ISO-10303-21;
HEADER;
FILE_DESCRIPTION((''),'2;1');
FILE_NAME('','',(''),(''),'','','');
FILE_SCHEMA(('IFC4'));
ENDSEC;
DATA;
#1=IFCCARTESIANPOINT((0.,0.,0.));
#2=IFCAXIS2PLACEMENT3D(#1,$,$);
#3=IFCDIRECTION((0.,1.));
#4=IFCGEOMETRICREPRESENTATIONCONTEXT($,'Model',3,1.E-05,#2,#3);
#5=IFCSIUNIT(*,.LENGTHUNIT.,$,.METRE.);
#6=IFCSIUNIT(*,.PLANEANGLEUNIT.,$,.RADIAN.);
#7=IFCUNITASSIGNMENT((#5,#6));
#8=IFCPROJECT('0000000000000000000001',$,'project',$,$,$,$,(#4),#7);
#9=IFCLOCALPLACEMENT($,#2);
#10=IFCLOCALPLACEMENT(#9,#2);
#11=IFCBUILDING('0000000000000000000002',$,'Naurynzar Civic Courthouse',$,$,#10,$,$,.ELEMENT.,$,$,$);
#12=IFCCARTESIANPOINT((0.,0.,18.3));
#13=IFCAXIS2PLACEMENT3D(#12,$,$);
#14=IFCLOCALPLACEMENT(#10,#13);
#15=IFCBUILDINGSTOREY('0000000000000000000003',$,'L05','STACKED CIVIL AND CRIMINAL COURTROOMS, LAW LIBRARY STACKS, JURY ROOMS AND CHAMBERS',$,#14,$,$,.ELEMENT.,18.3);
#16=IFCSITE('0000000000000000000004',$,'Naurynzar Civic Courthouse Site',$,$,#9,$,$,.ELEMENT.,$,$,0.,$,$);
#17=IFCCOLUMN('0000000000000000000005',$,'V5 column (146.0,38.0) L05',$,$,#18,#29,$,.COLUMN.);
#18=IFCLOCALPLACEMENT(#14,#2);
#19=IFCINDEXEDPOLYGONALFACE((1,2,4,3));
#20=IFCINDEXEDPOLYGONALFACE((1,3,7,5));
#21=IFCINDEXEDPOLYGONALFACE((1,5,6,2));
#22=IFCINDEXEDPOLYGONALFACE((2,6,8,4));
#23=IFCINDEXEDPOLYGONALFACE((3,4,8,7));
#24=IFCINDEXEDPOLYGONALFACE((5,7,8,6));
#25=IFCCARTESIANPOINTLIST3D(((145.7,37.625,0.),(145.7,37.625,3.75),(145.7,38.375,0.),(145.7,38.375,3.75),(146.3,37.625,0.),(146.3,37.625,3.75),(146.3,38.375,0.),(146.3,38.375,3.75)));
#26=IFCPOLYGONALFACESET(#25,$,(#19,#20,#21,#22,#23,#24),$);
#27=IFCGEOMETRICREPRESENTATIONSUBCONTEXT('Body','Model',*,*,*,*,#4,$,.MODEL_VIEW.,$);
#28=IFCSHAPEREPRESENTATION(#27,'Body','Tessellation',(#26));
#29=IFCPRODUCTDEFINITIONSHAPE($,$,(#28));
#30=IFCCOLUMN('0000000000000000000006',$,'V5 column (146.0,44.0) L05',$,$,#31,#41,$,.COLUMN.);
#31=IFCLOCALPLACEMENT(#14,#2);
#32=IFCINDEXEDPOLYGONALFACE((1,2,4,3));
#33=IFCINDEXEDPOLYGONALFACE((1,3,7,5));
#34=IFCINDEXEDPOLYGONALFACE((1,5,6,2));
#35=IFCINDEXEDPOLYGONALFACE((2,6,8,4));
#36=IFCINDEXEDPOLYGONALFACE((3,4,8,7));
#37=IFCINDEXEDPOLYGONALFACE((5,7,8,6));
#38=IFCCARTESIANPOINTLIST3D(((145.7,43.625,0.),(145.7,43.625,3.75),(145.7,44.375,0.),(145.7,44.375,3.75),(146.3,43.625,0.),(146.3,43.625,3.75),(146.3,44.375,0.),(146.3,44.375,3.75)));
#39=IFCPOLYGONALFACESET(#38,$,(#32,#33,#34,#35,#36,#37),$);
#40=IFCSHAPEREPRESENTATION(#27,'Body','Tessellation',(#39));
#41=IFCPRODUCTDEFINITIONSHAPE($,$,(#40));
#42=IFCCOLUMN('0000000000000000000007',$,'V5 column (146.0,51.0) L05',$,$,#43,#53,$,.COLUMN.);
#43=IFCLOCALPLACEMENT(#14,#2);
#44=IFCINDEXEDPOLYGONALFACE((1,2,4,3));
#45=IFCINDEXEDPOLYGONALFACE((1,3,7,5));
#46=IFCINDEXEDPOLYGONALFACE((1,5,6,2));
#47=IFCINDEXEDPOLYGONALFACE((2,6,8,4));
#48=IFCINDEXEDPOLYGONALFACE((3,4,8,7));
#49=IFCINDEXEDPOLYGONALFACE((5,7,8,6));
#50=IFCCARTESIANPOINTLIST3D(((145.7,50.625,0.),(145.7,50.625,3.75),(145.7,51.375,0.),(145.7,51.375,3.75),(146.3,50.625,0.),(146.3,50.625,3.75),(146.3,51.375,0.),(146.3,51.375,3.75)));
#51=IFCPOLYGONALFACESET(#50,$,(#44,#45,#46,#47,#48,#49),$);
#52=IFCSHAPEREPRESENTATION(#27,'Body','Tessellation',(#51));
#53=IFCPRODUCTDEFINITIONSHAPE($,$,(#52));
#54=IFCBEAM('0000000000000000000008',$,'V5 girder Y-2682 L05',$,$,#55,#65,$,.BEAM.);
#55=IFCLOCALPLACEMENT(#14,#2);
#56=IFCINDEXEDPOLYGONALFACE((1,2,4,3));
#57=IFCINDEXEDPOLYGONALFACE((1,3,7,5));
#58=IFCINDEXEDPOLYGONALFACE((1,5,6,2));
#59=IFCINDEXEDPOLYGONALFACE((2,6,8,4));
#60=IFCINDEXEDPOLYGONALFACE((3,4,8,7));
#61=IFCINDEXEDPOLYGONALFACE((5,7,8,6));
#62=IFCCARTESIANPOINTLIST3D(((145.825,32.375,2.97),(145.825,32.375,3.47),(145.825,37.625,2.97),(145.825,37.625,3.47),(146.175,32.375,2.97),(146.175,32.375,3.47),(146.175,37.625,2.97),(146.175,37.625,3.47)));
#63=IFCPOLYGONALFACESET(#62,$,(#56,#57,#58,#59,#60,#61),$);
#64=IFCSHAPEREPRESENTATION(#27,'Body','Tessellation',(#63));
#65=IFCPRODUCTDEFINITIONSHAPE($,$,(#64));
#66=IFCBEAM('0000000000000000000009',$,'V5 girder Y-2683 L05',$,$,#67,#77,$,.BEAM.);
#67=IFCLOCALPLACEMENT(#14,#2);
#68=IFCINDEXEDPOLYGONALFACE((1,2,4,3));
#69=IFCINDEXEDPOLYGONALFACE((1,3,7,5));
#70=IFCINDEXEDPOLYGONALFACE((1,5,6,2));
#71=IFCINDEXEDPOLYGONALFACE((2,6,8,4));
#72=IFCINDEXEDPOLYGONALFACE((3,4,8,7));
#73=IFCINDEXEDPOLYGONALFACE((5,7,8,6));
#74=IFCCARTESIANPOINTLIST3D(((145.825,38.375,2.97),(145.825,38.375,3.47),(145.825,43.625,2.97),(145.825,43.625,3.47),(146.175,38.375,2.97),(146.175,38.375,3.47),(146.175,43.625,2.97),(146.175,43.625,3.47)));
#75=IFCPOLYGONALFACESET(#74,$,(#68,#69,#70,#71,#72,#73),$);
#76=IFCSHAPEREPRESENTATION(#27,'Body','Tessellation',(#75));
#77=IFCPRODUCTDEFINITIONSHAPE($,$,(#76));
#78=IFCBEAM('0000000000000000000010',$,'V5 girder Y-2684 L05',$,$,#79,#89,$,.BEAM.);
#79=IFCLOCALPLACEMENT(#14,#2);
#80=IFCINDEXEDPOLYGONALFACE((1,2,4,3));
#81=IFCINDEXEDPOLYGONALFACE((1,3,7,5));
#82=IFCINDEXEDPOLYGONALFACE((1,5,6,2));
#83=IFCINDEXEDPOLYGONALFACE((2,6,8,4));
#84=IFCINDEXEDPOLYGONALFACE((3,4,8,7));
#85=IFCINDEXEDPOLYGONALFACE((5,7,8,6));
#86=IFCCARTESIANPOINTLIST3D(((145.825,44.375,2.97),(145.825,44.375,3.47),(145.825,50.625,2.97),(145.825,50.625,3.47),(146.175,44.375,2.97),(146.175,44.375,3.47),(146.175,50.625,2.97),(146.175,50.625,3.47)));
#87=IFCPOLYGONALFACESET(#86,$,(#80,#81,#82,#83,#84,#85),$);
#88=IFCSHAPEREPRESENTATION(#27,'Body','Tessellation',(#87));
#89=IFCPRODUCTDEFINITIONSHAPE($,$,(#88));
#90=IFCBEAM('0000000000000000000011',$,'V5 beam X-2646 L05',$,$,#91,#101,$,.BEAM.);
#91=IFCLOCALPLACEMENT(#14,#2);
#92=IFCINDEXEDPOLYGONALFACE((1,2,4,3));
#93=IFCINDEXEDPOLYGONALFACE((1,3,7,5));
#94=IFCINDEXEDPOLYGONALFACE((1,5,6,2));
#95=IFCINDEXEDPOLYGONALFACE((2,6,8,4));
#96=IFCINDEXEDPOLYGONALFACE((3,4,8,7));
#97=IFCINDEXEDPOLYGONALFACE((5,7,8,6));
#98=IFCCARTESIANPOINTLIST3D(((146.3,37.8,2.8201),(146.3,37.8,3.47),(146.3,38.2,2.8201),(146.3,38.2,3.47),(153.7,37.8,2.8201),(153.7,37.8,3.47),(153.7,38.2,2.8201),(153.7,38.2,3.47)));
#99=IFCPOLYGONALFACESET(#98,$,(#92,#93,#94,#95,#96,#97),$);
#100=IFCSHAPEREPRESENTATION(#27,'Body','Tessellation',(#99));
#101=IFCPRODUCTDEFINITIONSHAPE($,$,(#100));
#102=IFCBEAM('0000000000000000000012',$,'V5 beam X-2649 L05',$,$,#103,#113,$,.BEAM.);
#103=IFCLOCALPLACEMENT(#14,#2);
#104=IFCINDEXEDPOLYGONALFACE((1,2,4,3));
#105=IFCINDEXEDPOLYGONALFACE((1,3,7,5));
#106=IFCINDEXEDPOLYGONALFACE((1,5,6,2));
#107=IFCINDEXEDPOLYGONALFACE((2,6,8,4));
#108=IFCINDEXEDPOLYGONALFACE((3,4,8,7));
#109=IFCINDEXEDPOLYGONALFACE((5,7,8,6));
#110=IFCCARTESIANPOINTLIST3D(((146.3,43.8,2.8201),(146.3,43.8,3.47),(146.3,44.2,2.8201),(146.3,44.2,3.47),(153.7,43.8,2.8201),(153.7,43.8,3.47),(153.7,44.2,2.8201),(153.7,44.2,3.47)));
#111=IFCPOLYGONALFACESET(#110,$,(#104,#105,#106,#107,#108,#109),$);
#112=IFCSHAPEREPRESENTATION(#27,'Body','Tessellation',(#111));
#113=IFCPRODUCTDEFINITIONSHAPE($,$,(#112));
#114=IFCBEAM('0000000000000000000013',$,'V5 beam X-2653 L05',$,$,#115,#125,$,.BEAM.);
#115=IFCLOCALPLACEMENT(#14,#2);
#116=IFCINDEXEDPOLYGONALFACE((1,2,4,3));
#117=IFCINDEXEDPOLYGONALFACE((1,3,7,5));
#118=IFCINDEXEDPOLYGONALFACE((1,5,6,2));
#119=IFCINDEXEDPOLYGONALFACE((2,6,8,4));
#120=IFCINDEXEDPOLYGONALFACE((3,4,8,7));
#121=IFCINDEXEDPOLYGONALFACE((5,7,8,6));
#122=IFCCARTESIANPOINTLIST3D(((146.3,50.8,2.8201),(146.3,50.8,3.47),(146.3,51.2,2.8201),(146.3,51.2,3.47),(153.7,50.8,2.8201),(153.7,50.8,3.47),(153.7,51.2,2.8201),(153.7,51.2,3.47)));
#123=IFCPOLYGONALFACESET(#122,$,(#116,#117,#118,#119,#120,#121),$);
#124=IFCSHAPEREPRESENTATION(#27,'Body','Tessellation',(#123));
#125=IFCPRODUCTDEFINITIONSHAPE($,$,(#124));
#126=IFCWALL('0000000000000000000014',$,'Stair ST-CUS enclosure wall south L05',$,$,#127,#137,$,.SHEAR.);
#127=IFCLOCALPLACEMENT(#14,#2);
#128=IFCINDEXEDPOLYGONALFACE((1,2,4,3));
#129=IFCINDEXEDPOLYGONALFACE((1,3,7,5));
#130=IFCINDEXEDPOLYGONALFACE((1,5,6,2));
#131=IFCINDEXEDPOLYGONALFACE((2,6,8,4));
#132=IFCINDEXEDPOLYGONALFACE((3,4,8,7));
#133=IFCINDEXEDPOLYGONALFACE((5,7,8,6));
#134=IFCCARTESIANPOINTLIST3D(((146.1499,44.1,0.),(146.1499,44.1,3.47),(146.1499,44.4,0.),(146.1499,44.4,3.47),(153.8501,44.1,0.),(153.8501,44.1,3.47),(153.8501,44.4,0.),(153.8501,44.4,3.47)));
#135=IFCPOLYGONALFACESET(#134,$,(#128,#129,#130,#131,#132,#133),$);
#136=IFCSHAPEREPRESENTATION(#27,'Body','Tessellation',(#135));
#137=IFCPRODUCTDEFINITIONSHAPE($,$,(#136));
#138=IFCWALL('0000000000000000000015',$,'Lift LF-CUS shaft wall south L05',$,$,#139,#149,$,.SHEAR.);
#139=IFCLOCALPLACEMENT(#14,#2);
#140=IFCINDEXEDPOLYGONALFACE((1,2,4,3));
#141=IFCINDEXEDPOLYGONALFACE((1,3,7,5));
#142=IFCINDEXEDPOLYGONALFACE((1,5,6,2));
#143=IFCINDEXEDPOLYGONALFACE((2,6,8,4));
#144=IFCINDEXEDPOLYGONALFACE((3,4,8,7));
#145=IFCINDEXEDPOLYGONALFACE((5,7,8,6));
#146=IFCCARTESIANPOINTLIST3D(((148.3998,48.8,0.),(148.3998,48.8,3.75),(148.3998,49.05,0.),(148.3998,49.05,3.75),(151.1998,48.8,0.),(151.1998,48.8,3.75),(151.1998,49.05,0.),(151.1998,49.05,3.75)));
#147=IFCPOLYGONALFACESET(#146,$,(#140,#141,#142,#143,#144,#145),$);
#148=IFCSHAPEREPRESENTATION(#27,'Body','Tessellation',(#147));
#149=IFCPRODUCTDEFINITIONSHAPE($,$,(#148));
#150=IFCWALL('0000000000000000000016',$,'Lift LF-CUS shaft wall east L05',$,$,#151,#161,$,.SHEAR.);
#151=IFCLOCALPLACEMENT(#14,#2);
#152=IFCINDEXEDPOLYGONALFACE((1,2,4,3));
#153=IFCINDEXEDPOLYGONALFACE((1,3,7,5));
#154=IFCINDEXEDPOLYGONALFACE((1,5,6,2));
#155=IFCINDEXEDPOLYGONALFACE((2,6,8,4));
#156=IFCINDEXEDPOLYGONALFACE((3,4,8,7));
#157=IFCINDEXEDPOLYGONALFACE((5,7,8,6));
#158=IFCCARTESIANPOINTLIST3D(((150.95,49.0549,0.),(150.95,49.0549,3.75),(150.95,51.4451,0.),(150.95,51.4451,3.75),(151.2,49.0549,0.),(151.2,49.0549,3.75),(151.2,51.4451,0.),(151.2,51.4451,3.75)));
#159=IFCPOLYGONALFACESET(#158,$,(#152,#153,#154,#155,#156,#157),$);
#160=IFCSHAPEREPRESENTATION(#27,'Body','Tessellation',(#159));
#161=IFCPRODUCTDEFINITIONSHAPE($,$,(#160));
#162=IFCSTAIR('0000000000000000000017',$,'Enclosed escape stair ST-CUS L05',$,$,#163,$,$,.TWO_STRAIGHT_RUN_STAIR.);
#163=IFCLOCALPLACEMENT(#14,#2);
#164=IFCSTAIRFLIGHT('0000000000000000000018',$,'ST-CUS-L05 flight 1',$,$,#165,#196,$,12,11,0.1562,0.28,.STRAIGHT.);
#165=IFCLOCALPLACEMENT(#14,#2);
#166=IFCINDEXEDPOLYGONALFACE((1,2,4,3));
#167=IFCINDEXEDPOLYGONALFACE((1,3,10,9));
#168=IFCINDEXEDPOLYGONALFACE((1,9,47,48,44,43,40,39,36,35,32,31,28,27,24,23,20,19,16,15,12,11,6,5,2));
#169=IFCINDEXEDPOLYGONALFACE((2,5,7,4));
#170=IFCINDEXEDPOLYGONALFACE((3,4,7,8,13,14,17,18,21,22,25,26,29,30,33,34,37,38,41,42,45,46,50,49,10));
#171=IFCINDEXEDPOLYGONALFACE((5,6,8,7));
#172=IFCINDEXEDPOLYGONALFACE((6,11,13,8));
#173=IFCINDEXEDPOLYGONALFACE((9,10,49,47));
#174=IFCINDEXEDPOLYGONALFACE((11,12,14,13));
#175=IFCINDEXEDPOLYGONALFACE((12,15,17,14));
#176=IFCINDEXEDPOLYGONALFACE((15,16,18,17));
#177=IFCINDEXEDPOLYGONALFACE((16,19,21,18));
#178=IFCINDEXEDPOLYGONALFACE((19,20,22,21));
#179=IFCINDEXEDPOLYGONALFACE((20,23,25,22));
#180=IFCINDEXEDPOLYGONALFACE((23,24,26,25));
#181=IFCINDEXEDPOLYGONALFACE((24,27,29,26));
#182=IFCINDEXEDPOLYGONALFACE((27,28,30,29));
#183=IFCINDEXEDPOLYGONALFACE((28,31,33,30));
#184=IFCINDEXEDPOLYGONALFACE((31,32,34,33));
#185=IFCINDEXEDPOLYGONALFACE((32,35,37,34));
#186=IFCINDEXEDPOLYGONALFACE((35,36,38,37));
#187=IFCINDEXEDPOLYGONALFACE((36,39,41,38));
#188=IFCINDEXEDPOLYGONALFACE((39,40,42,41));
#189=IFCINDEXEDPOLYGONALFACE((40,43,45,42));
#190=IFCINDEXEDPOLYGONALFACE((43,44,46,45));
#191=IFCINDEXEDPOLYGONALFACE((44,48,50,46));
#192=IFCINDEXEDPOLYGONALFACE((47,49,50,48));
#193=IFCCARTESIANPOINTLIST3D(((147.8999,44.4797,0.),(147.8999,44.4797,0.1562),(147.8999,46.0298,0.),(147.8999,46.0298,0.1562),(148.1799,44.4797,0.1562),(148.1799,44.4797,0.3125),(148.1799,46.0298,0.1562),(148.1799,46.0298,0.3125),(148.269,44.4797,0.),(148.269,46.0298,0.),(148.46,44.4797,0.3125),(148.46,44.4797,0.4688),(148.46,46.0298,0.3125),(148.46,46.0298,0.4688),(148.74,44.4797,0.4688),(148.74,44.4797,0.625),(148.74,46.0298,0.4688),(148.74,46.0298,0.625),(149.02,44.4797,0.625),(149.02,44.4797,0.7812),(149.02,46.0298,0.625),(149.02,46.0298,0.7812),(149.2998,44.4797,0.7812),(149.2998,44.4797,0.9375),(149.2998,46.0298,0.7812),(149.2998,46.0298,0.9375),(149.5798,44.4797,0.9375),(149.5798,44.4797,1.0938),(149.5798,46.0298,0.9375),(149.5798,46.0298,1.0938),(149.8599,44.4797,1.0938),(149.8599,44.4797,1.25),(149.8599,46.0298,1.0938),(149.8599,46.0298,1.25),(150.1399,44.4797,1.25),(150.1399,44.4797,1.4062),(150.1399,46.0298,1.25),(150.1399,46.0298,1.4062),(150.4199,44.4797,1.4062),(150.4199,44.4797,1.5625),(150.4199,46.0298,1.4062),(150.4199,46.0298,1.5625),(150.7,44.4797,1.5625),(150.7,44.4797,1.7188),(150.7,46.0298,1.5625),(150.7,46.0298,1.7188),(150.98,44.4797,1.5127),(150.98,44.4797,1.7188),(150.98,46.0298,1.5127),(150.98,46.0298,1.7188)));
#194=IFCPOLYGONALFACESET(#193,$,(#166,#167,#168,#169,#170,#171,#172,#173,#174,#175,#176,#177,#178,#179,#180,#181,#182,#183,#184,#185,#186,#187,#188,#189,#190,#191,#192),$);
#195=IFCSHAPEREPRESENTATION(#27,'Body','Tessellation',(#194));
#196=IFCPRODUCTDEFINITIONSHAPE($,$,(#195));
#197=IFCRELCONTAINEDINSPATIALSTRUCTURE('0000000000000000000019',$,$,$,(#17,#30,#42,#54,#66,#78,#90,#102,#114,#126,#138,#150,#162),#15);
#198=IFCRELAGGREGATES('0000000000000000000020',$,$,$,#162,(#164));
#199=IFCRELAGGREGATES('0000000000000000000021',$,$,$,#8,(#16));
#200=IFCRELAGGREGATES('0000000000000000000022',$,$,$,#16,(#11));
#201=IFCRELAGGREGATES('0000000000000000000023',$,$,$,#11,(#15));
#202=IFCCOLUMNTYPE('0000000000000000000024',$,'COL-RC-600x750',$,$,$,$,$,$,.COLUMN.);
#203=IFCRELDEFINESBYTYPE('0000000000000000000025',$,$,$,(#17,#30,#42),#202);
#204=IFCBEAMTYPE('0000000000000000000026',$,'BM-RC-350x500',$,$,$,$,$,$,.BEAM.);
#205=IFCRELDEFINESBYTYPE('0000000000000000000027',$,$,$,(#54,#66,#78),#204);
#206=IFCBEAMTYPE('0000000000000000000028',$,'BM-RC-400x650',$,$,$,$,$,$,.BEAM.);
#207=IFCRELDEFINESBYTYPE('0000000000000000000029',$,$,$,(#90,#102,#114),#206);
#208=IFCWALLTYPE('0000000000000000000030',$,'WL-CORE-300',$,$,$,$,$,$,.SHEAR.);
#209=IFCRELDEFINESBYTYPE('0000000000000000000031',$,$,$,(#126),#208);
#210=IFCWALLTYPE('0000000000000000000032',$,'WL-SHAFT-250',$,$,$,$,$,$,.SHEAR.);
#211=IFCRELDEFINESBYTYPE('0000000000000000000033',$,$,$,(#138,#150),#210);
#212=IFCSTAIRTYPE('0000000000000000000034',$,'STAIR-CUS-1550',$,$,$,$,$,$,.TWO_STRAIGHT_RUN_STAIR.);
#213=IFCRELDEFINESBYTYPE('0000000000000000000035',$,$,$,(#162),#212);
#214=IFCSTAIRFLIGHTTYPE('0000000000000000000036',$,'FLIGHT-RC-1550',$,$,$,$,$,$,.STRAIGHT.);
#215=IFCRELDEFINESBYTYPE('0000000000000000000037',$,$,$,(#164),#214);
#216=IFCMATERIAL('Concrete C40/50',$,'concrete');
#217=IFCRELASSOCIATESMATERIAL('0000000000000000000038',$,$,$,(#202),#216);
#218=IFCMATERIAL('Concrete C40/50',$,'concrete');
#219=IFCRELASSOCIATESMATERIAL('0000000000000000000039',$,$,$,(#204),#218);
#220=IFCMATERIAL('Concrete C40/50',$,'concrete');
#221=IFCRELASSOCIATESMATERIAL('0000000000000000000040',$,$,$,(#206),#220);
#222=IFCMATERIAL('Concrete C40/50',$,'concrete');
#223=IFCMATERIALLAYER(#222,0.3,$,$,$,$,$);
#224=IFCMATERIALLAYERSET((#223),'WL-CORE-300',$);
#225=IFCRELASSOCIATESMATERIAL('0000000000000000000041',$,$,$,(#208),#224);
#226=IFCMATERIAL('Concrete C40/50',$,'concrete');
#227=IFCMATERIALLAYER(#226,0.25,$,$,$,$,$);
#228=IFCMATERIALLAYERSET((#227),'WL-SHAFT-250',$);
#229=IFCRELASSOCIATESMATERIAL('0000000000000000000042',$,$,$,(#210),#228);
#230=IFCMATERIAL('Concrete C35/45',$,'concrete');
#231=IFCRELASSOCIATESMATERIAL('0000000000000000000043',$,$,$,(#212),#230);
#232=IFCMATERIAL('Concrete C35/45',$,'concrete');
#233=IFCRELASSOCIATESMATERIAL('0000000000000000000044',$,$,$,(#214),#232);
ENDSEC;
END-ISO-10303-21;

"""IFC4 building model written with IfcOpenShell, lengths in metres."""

from ifc_helpers import new_model, si_unit, direction, frame, frame_2d, origin, origin_2d, place, context, subcontext, project, spatial, polyline, rectangle, outline, extrude, material, layer, layer_set, material_profile, profile_set, type_object, element, aggregate, save


model = new_model("IFC4")

# Units and contexts
model_context = context("Model", 3, precision=1e-05, world=origin(), true_north=direction((0.0, 1.0)))
body_context = subcontext(model_context, "Body", "Model", "MODEL_VIEW")
ifc_project = project(units=[si_unit("LENGTHUNIT", "METRE"), si_unit("PLANEANGLEUNIT", "RADIAN")], contexts=[model_context])

# Site, building, storey
site_placement = place(None, origin())
site = spatial("IfcSite", under=ifc_project, at=site_placement, Name="Naurynzar Civic Courthouse Site", CompositionType="ELEMENT", RefElevation=0.0)
building_placement = place(site_placement, origin())
building = spatial("IfcBuilding", under=site, at=building_placement, Name="Naurynzar Civic Courthouse", CompositionType="ELEMENT")
storey_placement = place(building_placement, frame((0.0, 0.0, 18.3)))
storey = spatial("IfcBuildingStorey", under=building, at=storey_placement, Name="L05", Description="STACKED CIVIL AND CRIMINAL COURTROOMS, LAW LIBRARY STACKS, JURY ROOMS AND CHAMBERS", CompositionType="ELEMENT", Elevation=18.3)

# Columns
ifc_material_1 = material(Name="Concrete C40/50", Category="concrete")
ifc_material_profile_1 = material_profile(ifc_material_1, rectangle(XDim=0.6001, YDim=0.75, at=origin_2d()), Name="RC 600x750")
ifc_profile_set_1 = profile_set([ifc_material_profile_1], Name="Concrete C40/50")
column_type = type_object("IfcColumnType", Name="COL-RC-600x750", PredefinedType="COLUMN", material=ifc_profile_set_1)
for number, where, z_axis, x_axis, name in (
    (1, (146.0, 38.0, 0.0), (0.0, 0.0, 1.0), (1.0, 0.0, 0.0), "V5 column (146.0,38.0) L05"),
    (2, (146.0, 44.0, 0.0), (0.0, 0.0, 1.0), (1.0, 0.0, 0.0), "V5 column (146.0,44.0) L05"),
    (3, (146.0, 51.0, 0.0), (0.0, 0.0, 1.0), (1.0, 0.0, 0.0), "V5 column (146.0,51.0) L05"),
):
    element("IfcColumn", number, at=place(storey_placement, frame(where, z_axis=z_axis, x_axis=x_axis)), inside=storey, type_object=column_type, Name=name, PredefinedType="COLUMN", context=body_context, shape_type="SweptSolid", body=[
        extrude(rectangle(XDim=0.6001, YDim=0.75, at=origin_2d()), origin(), (0.0, 0.0, 1.0), 3.75),
    ])

# Beams
ifc_material_2 = material(Name="Concrete C40/50", Category="concrete")
ifc_material_profile_2 = material_profile(ifc_material_2, rectangle(XDim=0.3501, YDim=0.5, at=origin_2d()), Name="RCB 350x500")
ifc_profile_set_2 = profile_set([ifc_material_profile_2], Name="Concrete C40/50")
beam_type_1 = type_object("IfcBeamType", Name="BM-RC-350x500", PredefinedType="BEAM", material=ifc_profile_set_2)
for number, where, z_axis, x_axis, name in (
    (4, (146.0, 32.375, 3.22), (0.0, 1.0, 0.0), (-1.0, 0.0, 0.0), "V5 girder Y-2682 L05"),
    (5, (146.0, 38.375, 3.22), (0.0, 1.0, 0.0), (-1.0, 0.0, 0.0), "V5 girder Y-2683 L05"),
):
    element("IfcBeam", number, at=place(storey_placement, frame(where, z_axis=z_axis, x_axis=x_axis)), inside=storey, type_object=beam_type_1, Name=name, PredefinedType="BEAM", context=body_context, shape_type="SweptSolid", body=[
        extrude(rectangle(XDim=0.3501, YDim=0.5, at=origin_2d()), origin(), (0.0, 0.0, 1.0), 5.25),
    ])
beam_placement = place(storey_placement, frame((146.0, 44.375, 3.22), z_axis=(0.0, 1.0, 0.0), x_axis=(-1.0, 0.0, 0.0)))
element("IfcBeam", 6, at=beam_placement, inside=storey, type_object=beam_type_1, Name="V5 girder Y-2684 L05", PredefinedType="BEAM", context=body_context, shape_type="SweptSolid", body=[
    extrude(rectangle(XDim=0.3501, YDim=0.5, at=origin_2d()), origin(), (0.0, 0.0, 1.0), 6.25),
])
ifc_material_3 = material(Name="Concrete C40/50", Category="concrete")
ifc_material_profile_3 = material_profile(ifc_material_3, rectangle(XDim=0.3999, YDim=0.6499, at=origin_2d()), Name="RCB 400x650")
ifc_profile_set_3 = profile_set([ifc_material_profile_3], Name="Concrete C40/50")
beam_type_2 = type_object("IfcBeamType", Name="BM-RC-400x650", PredefinedType="BEAM", material=ifc_profile_set_3)
for number, where, z_axis, x_axis, name in (
    (7, (146.3, 38.0, 3.145), (1.0, 0.0, 0.0), (0.0, 1.0, 0.0), "V5 beam X-2646 L05"),
    (8, (146.3, 44.0, 3.145), (1.0, 0.0, 0.0), (0.0, 1.0, 0.0), "V5 beam X-2649 L05"),
    (9, (146.3, 51.0, 3.145), (1.0, 0.0, 0.0), (0.0, 1.0, 0.0), "V5 beam X-2653 L05"),
):
    element("IfcBeam", number, at=place(storey_placement, frame(where, z_axis=z_axis, x_axis=x_axis)), inside=storey, type_object=beam_type_2, Name=name, PredefinedType="BEAM", context=body_context, shape_type="SweptSolid", body=[
        extrude(rectangle(XDim=0.3999, YDim=0.6499, at=origin_2d()), origin(), (0.0, 0.0, 1.0), 7.3999),
    ])

# Wall
ifc_material_4 = material(Name="Concrete C40/50", Category="concrete")
ifc_layer_1 = layer(ifc_material_4, 0.3)
ifc_layer_set_1 = layer_set([ifc_layer_1], Name="WL-CORE-300")
wall_type_1 = type_object("IfcWallType", Name="WL-CORE-300", PredefinedType="SHEAR", material=ifc_layer_set_1)
wall_1_placement = place(storey_placement, frame((146.1499, 44.25, 0.0), z_axis=(0.0, 0.0, 1.0), x_axis=(1.0, 0.0, 0.0)))
element("IfcWall", 10, at=wall_1_placement, inside=storey, type_object=wall_type_1, Name="Stair ST-CUS enclosure wall south L05", PredefinedType="SHEAR", context=body_context, shape_type="SweptSolid", body=[
    extrude(rectangle(XDim=7.7002, YDim=0.3, at=frame_2d((3.8501, 0.0))), origin(), (0.0, 0.0, 1.0), 3.47),
])

# Walls
ifc_material_5 = material(Name="Concrete C40/50", Category="concrete")
ifc_layer_2 = layer(ifc_material_5, 0.25)
ifc_layer_set_2 = layer_set([ifc_layer_2], Name="WL-SHAFT-250")
wall_type_2 = type_object("IfcWallType", Name="WL-SHAFT-250", PredefinedType="SHEAR", material=ifc_layer_set_2)
wall_2_placement = place(storey_placement, frame((148.3999, 48.925, 0.0), z_axis=(0.0, 0.0, 1.0), x_axis=(1.0, 0.0, 0.0)))
element("IfcWall", 11, at=wall_2_placement, inside=storey, type_object=wall_type_2, Name="Lift LF-CUS shaft wall south L05", PredefinedType="SHEAR", context=body_context, shape_type="SweptSolid", body=[
    extrude(rectangle(XDim=2.8, YDim=0.25, at=frame_2d((1.3999, 0.0))), origin(), (0.0, 0.0, 1.0), 3.75),
])
wall_3_placement = place(storey_placement, frame((151.075, 49.0549, 0.0), z_axis=(0.0, 0.0, 1.0), x_axis=(0.0, 1.0, 0.0)))
element("IfcWall", 12, at=wall_3_placement, inside=storey, type_object=wall_type_2, Name="Lift LF-CUS shaft wall east L05", PredefinedType="SHEAR", context=body_context, shape_type="SweptSolid", body=[
    extrude(rectangle(XDim=2.3901, YDim=0.25, at=frame_2d((1.1951, 0.0))), origin(), (0.0, 0.0, 1.0), 3.75),
])

# Stair, stair flight
ifc_material_6 = material(Name="Concrete C35/45", Category="concrete")
stair_type = type_object("IfcStairType", Name="STAIR-CUS-1550", PredefinedType="TWO_STRAIGHT_RUN_STAIR", material=ifc_material_6)
stair_placement = place(storey_placement, origin())
stair = element("IfcStair", 13, at=stair_placement, inside=storey, type_object=stair_type, Name="Enclosed escape stair ST-CUS L05", PredefinedType="TWO_STRAIGHT_RUN_STAIR")
ifc_material_7 = material(Name="Concrete C35/45", Category="concrete")
stair_flight_type = type_object("IfcStairFlightType", Name="FLIGHT-RC-1550", PredefinedType="STRAIGHT", material=ifc_material_7)
stair_flight_1_placement = place(storey_placement, frame((147.8999, 45.2549, 0.0), z_axis=(0.0, 0.0, 1.0), x_axis=(1.0, 0.0, 0.0)))
stair_flight_1 = element("IfcStairFlight", 14, at=stair_flight_1_placement, type_object=stair_flight_type, Name="ST-CUS-L05 flight 1", NumberOfRisers=12, NumberOfTreads=11, PredefinedType="STRAIGHT", RiserHeight=0.1562, TreadLength=0.28, context=body_context, shape_type="SweptSolid", body=[
    extrude(outline(polyline([(0.0, 0.0), (0.0, 0.1562), (0.28, 0.1562), (0.28, 0.3125), (0.5601, 0.3125), (0.5601, 0.4688), (0.8401, 0.4688), (0.8401, 0.625), (1.1201, 0.625), (1.1201, 0.7812), (1.3999, 0.7812), (1.3999, 0.9375), (1.6799, 0.9375), (1.6799, 1.0938), (1.96, 1.0938), (1.96, 1.25), (2.24, 1.25), (2.24, 1.4062), (2.52, 1.4062), (2.52, 1.5625), (2.8, 1.5625), (2.8, 1.7188), (3.0801, 1.7188), (3.0801, 1.875), (3.0801, 1.5127), (0.3691, 0.0), (0.0, 0.0)])), frame((0.0, 0.7749, 0.0), z_axis=(0.0, -1.0, 0.0), x_axis=(1.0, 0.0, 0.0)), (0.0, 0.0, 1.0), 1.55),
])
aggregate(stair, [stair_flight_1])

save(model, "model.ifc")
